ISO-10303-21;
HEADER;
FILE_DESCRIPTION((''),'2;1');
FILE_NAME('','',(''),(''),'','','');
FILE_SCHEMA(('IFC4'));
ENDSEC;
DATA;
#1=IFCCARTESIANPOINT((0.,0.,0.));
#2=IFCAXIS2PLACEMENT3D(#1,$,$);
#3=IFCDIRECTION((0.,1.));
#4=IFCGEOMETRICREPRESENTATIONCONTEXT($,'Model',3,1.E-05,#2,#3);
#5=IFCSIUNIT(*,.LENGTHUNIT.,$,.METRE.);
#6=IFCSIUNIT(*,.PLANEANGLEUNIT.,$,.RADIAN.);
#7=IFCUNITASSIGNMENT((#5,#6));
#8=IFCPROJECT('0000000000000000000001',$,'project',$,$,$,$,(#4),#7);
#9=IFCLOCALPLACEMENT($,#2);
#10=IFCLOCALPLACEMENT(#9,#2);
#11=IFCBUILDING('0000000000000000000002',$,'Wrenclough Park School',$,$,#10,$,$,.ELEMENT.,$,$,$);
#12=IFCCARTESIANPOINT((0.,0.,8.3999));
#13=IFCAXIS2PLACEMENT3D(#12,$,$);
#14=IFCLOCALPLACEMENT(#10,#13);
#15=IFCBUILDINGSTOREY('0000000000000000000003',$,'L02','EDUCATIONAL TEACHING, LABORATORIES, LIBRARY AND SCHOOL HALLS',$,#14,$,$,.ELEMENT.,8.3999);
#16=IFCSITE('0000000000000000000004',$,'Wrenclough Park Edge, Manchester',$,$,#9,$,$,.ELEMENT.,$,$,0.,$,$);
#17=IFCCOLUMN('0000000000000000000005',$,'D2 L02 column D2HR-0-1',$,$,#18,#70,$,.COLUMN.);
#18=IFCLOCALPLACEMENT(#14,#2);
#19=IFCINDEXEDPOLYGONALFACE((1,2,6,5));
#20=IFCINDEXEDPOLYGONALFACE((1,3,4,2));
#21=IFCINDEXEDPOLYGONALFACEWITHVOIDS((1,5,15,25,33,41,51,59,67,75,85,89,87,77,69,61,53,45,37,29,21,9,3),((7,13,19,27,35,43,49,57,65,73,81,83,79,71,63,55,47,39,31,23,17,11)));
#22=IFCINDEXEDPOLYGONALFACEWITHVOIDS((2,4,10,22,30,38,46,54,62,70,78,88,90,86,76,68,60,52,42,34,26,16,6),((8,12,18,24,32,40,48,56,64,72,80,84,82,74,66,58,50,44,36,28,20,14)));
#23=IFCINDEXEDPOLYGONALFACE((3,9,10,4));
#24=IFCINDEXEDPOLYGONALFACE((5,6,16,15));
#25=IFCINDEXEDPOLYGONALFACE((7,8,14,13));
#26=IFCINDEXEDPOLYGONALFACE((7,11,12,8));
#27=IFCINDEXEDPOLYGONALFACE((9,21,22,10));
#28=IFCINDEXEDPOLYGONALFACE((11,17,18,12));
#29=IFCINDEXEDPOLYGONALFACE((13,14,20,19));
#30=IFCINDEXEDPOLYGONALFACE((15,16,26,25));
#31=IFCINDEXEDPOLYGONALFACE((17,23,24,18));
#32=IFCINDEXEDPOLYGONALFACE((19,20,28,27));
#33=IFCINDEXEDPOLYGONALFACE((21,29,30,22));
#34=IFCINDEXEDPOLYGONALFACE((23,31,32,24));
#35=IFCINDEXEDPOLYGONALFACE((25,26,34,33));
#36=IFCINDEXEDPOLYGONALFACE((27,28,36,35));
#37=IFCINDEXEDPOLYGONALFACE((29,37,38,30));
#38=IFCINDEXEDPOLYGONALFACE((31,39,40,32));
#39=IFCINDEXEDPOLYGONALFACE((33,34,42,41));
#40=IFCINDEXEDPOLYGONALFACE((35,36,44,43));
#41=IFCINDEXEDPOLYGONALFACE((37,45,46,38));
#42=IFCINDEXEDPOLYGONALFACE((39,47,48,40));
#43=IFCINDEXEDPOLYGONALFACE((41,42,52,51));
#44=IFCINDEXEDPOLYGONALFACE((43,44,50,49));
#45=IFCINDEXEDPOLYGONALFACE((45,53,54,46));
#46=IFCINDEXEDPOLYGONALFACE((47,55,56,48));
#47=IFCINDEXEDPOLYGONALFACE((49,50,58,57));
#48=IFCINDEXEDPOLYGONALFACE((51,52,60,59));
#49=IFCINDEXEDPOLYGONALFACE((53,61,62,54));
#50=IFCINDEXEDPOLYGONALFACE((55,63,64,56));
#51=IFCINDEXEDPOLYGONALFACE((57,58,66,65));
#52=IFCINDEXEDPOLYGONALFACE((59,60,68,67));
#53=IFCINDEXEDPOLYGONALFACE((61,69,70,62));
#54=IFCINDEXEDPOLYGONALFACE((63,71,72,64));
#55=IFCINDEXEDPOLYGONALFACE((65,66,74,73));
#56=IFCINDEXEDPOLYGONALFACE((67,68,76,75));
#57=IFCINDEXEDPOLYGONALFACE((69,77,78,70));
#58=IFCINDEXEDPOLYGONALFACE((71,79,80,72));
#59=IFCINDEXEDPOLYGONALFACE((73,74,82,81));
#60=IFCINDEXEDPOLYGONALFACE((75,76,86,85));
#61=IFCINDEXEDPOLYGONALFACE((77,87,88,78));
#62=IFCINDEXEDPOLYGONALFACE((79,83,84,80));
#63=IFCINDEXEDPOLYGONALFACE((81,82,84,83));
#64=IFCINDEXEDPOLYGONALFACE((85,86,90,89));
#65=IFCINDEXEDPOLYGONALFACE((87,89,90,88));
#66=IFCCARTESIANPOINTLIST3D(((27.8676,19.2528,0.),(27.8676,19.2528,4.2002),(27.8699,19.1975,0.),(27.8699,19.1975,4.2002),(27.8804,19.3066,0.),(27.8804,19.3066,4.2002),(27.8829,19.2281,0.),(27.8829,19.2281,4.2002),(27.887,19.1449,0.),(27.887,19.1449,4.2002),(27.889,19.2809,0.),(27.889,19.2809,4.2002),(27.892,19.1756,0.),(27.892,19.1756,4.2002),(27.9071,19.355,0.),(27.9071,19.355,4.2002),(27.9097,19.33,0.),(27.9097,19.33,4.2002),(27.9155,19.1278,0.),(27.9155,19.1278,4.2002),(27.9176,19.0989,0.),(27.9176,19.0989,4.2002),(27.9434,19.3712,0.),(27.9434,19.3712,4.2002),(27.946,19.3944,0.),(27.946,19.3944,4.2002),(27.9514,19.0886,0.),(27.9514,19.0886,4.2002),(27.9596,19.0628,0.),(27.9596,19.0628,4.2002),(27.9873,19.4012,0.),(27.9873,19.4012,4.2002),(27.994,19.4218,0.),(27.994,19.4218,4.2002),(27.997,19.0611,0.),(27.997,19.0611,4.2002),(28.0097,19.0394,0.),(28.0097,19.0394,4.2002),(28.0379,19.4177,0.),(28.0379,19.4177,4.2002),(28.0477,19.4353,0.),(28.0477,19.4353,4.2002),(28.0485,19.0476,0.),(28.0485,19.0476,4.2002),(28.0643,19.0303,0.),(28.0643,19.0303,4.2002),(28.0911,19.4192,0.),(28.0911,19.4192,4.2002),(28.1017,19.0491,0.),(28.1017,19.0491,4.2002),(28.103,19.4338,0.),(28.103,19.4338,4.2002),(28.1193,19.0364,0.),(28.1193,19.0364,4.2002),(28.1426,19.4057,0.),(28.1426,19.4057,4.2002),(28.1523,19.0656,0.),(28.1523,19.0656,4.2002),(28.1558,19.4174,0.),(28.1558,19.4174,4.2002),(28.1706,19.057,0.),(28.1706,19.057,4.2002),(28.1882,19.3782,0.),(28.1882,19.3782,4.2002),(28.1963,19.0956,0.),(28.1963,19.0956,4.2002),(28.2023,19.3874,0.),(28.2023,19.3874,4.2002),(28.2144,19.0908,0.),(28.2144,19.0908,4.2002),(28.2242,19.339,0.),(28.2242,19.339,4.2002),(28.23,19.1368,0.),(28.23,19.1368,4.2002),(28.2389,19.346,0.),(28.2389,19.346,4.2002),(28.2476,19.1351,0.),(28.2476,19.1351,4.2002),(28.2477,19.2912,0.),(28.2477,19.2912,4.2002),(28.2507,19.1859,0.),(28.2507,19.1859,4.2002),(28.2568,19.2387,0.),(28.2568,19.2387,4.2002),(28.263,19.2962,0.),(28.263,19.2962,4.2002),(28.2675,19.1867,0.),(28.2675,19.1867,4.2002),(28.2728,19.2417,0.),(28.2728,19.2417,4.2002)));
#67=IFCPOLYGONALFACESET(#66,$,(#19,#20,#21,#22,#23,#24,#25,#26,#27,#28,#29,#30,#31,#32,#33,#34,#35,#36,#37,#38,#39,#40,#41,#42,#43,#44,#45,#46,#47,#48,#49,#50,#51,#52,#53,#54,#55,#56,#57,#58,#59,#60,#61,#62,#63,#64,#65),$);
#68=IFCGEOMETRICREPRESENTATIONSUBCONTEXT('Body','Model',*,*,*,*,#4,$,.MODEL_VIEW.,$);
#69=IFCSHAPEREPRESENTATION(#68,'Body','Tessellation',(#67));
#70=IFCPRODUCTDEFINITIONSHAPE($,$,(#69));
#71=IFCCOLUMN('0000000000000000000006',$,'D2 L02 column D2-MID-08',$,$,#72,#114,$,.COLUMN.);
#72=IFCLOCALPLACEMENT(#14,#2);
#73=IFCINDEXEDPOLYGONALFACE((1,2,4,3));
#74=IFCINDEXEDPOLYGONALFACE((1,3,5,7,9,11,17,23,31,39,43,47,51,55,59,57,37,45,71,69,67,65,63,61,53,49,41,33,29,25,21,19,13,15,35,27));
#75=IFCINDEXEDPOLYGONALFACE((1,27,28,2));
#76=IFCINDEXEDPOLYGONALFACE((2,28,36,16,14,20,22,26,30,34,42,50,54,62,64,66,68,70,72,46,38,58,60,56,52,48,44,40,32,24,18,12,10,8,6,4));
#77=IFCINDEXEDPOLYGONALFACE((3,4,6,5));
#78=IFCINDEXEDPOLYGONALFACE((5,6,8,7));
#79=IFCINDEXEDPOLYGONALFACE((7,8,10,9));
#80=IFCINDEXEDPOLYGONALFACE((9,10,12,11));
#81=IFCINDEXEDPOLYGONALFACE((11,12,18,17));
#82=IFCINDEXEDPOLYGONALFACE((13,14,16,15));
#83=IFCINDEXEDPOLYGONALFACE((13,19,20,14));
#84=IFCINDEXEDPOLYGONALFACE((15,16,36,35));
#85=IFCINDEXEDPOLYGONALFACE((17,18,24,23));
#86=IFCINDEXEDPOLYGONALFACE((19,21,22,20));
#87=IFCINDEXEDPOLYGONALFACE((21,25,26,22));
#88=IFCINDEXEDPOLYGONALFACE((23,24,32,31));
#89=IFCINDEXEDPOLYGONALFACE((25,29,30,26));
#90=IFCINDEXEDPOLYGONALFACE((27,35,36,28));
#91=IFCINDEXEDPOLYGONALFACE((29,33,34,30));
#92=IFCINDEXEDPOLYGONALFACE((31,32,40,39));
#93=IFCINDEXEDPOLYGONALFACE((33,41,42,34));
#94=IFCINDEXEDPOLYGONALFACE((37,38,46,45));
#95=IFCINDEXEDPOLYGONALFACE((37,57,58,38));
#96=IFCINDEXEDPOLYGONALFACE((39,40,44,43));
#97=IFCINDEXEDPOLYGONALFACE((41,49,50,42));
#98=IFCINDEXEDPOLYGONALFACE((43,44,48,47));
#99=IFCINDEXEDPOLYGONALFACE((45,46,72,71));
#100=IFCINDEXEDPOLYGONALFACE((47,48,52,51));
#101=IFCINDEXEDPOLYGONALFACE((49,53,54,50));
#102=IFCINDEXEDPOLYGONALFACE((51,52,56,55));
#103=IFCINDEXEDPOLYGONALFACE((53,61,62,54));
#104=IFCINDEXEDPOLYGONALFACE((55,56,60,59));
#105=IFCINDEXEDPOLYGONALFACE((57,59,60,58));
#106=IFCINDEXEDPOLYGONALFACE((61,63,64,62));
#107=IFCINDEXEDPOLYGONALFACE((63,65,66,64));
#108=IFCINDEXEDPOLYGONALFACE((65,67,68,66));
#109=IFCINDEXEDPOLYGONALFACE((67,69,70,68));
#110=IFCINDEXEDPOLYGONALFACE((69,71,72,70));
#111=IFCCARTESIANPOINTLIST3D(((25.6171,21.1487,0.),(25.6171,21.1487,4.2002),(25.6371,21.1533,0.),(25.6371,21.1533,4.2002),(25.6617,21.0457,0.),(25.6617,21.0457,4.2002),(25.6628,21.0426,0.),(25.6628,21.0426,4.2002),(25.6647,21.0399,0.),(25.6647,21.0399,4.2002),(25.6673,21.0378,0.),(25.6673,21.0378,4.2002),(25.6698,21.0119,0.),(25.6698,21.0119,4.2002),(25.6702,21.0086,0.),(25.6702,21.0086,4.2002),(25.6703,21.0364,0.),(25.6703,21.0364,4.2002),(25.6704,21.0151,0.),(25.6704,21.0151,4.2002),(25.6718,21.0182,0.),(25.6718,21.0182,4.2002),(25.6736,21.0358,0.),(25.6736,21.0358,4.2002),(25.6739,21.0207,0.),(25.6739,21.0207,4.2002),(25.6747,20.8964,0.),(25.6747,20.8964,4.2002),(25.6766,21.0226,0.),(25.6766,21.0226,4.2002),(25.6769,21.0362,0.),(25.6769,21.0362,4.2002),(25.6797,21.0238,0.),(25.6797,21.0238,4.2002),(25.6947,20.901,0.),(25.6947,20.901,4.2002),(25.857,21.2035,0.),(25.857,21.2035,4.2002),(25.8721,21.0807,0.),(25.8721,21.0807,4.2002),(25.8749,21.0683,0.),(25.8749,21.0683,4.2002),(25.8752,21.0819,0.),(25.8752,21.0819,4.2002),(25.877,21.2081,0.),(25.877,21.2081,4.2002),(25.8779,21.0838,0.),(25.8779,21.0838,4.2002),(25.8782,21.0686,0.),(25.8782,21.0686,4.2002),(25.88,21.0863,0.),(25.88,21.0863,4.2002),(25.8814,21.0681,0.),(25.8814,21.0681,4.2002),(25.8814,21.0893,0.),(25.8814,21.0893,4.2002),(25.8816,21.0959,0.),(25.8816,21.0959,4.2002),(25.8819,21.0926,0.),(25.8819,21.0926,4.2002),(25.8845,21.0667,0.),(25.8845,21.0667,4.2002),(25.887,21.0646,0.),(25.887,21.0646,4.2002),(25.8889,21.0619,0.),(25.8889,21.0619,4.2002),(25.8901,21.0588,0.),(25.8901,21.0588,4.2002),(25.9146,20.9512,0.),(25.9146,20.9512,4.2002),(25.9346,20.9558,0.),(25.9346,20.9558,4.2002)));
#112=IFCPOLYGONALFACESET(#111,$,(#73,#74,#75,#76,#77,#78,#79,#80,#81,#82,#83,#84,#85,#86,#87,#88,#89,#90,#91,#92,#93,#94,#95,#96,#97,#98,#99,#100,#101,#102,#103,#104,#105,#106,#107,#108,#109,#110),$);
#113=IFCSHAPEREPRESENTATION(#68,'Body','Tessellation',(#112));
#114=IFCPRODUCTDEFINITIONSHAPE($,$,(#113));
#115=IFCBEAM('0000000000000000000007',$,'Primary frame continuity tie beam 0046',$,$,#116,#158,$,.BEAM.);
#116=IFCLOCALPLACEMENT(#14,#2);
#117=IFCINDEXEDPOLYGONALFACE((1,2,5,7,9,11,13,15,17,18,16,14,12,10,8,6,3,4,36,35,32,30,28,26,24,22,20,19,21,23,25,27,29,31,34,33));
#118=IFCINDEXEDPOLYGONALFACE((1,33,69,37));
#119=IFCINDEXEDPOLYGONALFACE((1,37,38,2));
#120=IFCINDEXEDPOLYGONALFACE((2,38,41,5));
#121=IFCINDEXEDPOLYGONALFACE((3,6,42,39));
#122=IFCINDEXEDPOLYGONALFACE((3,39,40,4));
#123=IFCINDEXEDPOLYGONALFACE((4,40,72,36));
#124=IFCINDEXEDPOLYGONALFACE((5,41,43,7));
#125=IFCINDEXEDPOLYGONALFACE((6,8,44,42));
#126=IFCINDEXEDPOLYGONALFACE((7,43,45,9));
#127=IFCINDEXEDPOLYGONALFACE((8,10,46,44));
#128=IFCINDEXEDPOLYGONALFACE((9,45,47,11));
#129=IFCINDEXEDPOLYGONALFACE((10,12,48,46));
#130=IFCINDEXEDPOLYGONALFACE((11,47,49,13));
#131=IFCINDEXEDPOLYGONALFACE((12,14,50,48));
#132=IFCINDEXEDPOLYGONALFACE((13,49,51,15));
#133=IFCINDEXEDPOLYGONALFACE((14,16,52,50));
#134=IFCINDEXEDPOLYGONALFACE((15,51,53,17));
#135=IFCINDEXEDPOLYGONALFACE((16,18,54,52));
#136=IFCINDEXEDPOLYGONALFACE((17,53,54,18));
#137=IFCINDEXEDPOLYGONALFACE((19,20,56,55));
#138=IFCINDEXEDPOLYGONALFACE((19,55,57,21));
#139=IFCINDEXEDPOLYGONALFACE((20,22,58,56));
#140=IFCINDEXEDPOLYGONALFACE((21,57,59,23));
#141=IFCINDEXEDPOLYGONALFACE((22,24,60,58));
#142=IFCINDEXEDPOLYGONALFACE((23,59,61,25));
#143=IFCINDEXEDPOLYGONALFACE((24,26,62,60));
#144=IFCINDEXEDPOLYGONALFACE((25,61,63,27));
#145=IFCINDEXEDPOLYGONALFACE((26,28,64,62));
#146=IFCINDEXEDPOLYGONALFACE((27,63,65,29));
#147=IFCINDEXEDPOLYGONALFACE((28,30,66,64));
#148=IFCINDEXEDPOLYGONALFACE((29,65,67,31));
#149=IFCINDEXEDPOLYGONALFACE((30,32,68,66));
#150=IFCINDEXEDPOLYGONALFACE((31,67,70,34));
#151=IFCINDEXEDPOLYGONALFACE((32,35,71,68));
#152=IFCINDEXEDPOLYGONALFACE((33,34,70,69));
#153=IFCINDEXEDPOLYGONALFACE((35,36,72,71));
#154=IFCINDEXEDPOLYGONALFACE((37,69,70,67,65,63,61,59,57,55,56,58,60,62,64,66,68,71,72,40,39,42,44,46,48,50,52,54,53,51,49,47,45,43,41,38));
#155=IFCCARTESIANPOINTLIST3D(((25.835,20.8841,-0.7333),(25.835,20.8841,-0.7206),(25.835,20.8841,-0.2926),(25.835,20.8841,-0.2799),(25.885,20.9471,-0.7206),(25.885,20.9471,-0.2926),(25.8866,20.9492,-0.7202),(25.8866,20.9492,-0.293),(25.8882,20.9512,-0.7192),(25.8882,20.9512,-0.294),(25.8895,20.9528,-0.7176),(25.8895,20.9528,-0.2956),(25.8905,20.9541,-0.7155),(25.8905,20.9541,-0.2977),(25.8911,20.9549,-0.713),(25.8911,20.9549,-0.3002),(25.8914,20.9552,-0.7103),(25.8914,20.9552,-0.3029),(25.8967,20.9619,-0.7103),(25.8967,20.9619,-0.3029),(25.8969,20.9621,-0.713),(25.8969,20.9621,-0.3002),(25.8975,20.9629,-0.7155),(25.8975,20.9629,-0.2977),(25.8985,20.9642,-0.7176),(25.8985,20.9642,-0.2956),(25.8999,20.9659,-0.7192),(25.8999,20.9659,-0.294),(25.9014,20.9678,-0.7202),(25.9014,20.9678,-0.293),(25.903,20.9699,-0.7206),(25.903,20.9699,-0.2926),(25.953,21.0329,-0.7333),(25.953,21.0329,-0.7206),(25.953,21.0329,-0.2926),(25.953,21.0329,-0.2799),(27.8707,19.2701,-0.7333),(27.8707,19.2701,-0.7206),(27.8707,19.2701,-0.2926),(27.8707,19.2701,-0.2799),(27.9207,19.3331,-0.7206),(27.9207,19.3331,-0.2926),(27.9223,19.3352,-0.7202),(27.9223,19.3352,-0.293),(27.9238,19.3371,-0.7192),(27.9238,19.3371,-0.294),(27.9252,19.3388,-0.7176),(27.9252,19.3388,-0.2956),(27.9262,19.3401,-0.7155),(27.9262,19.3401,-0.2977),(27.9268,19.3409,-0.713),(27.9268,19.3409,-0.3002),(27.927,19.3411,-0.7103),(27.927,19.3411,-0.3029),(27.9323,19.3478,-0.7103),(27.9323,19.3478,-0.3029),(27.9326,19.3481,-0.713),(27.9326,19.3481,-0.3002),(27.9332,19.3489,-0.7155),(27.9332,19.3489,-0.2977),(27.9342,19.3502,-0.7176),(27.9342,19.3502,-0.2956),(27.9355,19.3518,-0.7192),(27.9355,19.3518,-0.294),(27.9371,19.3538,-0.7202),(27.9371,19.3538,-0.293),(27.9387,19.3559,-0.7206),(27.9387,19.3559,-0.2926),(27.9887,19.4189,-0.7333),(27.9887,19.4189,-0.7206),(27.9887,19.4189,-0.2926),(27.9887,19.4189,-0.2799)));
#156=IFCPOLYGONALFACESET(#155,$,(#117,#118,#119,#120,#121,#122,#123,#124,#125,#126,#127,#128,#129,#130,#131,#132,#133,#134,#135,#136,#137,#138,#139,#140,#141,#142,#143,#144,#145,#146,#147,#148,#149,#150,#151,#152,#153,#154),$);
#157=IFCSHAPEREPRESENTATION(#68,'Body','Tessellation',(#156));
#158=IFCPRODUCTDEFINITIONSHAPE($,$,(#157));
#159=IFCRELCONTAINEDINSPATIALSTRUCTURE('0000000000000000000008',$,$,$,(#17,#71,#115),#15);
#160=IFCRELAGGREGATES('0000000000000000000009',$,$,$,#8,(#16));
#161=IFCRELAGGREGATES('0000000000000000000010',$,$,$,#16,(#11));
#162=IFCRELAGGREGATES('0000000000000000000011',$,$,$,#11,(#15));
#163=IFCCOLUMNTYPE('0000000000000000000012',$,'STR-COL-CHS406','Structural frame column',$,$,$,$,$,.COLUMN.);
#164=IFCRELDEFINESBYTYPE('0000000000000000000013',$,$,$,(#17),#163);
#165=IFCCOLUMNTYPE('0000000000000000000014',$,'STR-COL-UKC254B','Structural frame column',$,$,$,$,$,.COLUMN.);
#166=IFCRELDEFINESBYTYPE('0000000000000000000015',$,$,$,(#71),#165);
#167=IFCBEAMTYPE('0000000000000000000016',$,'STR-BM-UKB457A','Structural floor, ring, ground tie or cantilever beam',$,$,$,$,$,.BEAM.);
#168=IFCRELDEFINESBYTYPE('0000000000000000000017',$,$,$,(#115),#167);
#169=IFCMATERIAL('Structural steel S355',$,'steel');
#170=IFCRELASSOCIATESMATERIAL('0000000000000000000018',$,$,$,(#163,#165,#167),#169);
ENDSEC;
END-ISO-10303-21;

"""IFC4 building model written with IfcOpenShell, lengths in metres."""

from ifc_helpers import new_model, si_unit, direction, frame, origin, origin_2d, place, context, subcontext, project, spatial, hollow_circle, i_section, extrude, material, material_profile, profile_set, type_object, element, save


model = new_model("IFC4")

# Units and contexts
model_context = context("Model", 3, precision=1e-05, world=origin(), true_north=direction((0.0, 1.0)))
body_context = subcontext(model_context, "Body", "Model", "MODEL_VIEW")
ifc_project = project(units=[si_unit("LENGTHUNIT", "METRE"), si_unit("PLANEANGLEUNIT", "RADIAN")], contexts=[model_context])

# Site, building, storey
site_placement = place(None, origin())
site = spatial("IfcSite", under=ifc_project, at=site_placement, Name="Wrenclough Park Edge, Manchester", CompositionType="ELEMENT", RefElevation=0.0)
building_placement = place(site_placement, origin())
building = spatial("IfcBuilding", under=site, at=building_placement, Name="Wrenclough Park School", CompositionType="ELEMENT")
storey_placement = place(building_placement, frame((0.0, 0.0, 8.3999)))
storey = spatial("IfcBuildingStorey", under=building, at=storey_placement, Name="L02", Description="EDUCATIONAL TEACHING, LABORATORIES, LIBRARY AND SCHOOL HALLS", CompositionType="ELEMENT", Elevation=8.3999)

# Columns
ifc_material_1 = material(Name="Structural steel S355", Category="steel")
ifc_material_profile_1 = material_profile(ifc_material_1, hollow_circle(Radius=0.2031, WallThickness=0.0161, at=origin_2d()), Name="CHS 406.4x16.0")
ifc_profile_set_1 = profile_set([ifc_material_profile_1], Name="Structural steel S355")
column_type_1 = type_object("IfcColumnType", Name="STR-COL-CHS406", Description="Structural frame column", PredefinedType="COLUMN", material=ifc_profile_set_1)
column_1_placement = place(storey_placement, frame((28.0698, 19.2334, 0.0), z_axis=(0.0, 0.0, 1.0), x_axis=(0.951057, 0.309017, 0.0)))
element("IfcColumn", 1, at=column_1_placement, inside=storey, type_object=column_type_1, Name="D2 L02 column D2HR-0-1", PredefinedType="COLUMN", context=body_context, shape_type="SweptSolid", body=[
    extrude(hollow_circle(Radius=0.2031, WallThickness=0.0161, at=origin_2d()), origin(), (0.0, 0.0, 1.0), 4.2002),
])
ifc_material_profile_2 = material_profile(ifc_material_1, i_section(OverallWidth=0.2588, OverallDepth=0.2666, WebThickness=0.0127, FlangeThickness=0.0205, FilletRadius=0.0127, at=origin_2d()), Name="UKC 254x254x107")
ifc_profile_set_2 = profile_set([ifc_material_profile_2], Name="Structural steel S355")
column_type_2 = type_object("IfcColumnType", Name="STR-COL-UKC254B", Description="Structural frame column", PredefinedType="COLUMN", material=ifc_profile_set_2)
column_2_placement = place(storey_placement, frame((25.7759, 21.0522, 0.0), z_axis=(0.0, 0.0, 1.0), x_axis=(0.22257, -0.974917, 0.0)))
element("IfcColumn", 2, at=column_2_placement, inside=storey, type_object=column_type_2, Name="D2 L02 column D2-MID-08", PredefinedType="COLUMN", context=body_context, shape_type="SweptSolid", body=[
    extrude(i_section(OverallWidth=0.2588, OverallDepth=0.2666, WebThickness=0.0127, FlangeThickness=0.0205, FilletRadius=0.0127, at=origin_2d()), origin(), (0.0, 0.0, 1.0), 4.2002),
])

# Beam
ifc_material_profile_3 = material_profile(ifc_material_1, i_section(OverallWidth=0.1899, OverallDepth=0.4534, WebThickness=0.0085, FlangeThickness=0.0127, FilletRadius=0.0103, at=origin_2d()), Name="UKB 457x191x67")
ifc_profile_set_3 = profile_set([ifc_material_profile_3], Name="Structural steel S355")
beam_type_1 = type_object("IfcBeamType", Name="STR-BM-UKB457A", Description="Structural floor, ring, ground tie or cantilever beam", PredefinedType="BEAM", material=ifc_profile_set_3)
beam_1_placement = place(storey_placement, frame((27.9297, 19.3445, -0.5066), z_axis=(-0.783584, 0.621285, 0.0), x_axis=(-0.621285, -0.783584, 0.0)))
element("IfcBeam", 3, at=beam_1_placement, inside=storey, type_object=beam_type_1, Name="Primary frame continuity tie beam 0046", PredefinedType="BEAM", context=body_context, shape_type="SweptSolid", body=[
    extrude(i_section(OverallWidth=0.1899, OverallDepth=0.4534, WebThickness=0.0085, FlangeThickness=0.0127, FilletRadius=0.0103, at=origin_2d()), origin(), (0.0, 0.0, 1.0), 2.5979),
])

save(model, "model.ifc")
